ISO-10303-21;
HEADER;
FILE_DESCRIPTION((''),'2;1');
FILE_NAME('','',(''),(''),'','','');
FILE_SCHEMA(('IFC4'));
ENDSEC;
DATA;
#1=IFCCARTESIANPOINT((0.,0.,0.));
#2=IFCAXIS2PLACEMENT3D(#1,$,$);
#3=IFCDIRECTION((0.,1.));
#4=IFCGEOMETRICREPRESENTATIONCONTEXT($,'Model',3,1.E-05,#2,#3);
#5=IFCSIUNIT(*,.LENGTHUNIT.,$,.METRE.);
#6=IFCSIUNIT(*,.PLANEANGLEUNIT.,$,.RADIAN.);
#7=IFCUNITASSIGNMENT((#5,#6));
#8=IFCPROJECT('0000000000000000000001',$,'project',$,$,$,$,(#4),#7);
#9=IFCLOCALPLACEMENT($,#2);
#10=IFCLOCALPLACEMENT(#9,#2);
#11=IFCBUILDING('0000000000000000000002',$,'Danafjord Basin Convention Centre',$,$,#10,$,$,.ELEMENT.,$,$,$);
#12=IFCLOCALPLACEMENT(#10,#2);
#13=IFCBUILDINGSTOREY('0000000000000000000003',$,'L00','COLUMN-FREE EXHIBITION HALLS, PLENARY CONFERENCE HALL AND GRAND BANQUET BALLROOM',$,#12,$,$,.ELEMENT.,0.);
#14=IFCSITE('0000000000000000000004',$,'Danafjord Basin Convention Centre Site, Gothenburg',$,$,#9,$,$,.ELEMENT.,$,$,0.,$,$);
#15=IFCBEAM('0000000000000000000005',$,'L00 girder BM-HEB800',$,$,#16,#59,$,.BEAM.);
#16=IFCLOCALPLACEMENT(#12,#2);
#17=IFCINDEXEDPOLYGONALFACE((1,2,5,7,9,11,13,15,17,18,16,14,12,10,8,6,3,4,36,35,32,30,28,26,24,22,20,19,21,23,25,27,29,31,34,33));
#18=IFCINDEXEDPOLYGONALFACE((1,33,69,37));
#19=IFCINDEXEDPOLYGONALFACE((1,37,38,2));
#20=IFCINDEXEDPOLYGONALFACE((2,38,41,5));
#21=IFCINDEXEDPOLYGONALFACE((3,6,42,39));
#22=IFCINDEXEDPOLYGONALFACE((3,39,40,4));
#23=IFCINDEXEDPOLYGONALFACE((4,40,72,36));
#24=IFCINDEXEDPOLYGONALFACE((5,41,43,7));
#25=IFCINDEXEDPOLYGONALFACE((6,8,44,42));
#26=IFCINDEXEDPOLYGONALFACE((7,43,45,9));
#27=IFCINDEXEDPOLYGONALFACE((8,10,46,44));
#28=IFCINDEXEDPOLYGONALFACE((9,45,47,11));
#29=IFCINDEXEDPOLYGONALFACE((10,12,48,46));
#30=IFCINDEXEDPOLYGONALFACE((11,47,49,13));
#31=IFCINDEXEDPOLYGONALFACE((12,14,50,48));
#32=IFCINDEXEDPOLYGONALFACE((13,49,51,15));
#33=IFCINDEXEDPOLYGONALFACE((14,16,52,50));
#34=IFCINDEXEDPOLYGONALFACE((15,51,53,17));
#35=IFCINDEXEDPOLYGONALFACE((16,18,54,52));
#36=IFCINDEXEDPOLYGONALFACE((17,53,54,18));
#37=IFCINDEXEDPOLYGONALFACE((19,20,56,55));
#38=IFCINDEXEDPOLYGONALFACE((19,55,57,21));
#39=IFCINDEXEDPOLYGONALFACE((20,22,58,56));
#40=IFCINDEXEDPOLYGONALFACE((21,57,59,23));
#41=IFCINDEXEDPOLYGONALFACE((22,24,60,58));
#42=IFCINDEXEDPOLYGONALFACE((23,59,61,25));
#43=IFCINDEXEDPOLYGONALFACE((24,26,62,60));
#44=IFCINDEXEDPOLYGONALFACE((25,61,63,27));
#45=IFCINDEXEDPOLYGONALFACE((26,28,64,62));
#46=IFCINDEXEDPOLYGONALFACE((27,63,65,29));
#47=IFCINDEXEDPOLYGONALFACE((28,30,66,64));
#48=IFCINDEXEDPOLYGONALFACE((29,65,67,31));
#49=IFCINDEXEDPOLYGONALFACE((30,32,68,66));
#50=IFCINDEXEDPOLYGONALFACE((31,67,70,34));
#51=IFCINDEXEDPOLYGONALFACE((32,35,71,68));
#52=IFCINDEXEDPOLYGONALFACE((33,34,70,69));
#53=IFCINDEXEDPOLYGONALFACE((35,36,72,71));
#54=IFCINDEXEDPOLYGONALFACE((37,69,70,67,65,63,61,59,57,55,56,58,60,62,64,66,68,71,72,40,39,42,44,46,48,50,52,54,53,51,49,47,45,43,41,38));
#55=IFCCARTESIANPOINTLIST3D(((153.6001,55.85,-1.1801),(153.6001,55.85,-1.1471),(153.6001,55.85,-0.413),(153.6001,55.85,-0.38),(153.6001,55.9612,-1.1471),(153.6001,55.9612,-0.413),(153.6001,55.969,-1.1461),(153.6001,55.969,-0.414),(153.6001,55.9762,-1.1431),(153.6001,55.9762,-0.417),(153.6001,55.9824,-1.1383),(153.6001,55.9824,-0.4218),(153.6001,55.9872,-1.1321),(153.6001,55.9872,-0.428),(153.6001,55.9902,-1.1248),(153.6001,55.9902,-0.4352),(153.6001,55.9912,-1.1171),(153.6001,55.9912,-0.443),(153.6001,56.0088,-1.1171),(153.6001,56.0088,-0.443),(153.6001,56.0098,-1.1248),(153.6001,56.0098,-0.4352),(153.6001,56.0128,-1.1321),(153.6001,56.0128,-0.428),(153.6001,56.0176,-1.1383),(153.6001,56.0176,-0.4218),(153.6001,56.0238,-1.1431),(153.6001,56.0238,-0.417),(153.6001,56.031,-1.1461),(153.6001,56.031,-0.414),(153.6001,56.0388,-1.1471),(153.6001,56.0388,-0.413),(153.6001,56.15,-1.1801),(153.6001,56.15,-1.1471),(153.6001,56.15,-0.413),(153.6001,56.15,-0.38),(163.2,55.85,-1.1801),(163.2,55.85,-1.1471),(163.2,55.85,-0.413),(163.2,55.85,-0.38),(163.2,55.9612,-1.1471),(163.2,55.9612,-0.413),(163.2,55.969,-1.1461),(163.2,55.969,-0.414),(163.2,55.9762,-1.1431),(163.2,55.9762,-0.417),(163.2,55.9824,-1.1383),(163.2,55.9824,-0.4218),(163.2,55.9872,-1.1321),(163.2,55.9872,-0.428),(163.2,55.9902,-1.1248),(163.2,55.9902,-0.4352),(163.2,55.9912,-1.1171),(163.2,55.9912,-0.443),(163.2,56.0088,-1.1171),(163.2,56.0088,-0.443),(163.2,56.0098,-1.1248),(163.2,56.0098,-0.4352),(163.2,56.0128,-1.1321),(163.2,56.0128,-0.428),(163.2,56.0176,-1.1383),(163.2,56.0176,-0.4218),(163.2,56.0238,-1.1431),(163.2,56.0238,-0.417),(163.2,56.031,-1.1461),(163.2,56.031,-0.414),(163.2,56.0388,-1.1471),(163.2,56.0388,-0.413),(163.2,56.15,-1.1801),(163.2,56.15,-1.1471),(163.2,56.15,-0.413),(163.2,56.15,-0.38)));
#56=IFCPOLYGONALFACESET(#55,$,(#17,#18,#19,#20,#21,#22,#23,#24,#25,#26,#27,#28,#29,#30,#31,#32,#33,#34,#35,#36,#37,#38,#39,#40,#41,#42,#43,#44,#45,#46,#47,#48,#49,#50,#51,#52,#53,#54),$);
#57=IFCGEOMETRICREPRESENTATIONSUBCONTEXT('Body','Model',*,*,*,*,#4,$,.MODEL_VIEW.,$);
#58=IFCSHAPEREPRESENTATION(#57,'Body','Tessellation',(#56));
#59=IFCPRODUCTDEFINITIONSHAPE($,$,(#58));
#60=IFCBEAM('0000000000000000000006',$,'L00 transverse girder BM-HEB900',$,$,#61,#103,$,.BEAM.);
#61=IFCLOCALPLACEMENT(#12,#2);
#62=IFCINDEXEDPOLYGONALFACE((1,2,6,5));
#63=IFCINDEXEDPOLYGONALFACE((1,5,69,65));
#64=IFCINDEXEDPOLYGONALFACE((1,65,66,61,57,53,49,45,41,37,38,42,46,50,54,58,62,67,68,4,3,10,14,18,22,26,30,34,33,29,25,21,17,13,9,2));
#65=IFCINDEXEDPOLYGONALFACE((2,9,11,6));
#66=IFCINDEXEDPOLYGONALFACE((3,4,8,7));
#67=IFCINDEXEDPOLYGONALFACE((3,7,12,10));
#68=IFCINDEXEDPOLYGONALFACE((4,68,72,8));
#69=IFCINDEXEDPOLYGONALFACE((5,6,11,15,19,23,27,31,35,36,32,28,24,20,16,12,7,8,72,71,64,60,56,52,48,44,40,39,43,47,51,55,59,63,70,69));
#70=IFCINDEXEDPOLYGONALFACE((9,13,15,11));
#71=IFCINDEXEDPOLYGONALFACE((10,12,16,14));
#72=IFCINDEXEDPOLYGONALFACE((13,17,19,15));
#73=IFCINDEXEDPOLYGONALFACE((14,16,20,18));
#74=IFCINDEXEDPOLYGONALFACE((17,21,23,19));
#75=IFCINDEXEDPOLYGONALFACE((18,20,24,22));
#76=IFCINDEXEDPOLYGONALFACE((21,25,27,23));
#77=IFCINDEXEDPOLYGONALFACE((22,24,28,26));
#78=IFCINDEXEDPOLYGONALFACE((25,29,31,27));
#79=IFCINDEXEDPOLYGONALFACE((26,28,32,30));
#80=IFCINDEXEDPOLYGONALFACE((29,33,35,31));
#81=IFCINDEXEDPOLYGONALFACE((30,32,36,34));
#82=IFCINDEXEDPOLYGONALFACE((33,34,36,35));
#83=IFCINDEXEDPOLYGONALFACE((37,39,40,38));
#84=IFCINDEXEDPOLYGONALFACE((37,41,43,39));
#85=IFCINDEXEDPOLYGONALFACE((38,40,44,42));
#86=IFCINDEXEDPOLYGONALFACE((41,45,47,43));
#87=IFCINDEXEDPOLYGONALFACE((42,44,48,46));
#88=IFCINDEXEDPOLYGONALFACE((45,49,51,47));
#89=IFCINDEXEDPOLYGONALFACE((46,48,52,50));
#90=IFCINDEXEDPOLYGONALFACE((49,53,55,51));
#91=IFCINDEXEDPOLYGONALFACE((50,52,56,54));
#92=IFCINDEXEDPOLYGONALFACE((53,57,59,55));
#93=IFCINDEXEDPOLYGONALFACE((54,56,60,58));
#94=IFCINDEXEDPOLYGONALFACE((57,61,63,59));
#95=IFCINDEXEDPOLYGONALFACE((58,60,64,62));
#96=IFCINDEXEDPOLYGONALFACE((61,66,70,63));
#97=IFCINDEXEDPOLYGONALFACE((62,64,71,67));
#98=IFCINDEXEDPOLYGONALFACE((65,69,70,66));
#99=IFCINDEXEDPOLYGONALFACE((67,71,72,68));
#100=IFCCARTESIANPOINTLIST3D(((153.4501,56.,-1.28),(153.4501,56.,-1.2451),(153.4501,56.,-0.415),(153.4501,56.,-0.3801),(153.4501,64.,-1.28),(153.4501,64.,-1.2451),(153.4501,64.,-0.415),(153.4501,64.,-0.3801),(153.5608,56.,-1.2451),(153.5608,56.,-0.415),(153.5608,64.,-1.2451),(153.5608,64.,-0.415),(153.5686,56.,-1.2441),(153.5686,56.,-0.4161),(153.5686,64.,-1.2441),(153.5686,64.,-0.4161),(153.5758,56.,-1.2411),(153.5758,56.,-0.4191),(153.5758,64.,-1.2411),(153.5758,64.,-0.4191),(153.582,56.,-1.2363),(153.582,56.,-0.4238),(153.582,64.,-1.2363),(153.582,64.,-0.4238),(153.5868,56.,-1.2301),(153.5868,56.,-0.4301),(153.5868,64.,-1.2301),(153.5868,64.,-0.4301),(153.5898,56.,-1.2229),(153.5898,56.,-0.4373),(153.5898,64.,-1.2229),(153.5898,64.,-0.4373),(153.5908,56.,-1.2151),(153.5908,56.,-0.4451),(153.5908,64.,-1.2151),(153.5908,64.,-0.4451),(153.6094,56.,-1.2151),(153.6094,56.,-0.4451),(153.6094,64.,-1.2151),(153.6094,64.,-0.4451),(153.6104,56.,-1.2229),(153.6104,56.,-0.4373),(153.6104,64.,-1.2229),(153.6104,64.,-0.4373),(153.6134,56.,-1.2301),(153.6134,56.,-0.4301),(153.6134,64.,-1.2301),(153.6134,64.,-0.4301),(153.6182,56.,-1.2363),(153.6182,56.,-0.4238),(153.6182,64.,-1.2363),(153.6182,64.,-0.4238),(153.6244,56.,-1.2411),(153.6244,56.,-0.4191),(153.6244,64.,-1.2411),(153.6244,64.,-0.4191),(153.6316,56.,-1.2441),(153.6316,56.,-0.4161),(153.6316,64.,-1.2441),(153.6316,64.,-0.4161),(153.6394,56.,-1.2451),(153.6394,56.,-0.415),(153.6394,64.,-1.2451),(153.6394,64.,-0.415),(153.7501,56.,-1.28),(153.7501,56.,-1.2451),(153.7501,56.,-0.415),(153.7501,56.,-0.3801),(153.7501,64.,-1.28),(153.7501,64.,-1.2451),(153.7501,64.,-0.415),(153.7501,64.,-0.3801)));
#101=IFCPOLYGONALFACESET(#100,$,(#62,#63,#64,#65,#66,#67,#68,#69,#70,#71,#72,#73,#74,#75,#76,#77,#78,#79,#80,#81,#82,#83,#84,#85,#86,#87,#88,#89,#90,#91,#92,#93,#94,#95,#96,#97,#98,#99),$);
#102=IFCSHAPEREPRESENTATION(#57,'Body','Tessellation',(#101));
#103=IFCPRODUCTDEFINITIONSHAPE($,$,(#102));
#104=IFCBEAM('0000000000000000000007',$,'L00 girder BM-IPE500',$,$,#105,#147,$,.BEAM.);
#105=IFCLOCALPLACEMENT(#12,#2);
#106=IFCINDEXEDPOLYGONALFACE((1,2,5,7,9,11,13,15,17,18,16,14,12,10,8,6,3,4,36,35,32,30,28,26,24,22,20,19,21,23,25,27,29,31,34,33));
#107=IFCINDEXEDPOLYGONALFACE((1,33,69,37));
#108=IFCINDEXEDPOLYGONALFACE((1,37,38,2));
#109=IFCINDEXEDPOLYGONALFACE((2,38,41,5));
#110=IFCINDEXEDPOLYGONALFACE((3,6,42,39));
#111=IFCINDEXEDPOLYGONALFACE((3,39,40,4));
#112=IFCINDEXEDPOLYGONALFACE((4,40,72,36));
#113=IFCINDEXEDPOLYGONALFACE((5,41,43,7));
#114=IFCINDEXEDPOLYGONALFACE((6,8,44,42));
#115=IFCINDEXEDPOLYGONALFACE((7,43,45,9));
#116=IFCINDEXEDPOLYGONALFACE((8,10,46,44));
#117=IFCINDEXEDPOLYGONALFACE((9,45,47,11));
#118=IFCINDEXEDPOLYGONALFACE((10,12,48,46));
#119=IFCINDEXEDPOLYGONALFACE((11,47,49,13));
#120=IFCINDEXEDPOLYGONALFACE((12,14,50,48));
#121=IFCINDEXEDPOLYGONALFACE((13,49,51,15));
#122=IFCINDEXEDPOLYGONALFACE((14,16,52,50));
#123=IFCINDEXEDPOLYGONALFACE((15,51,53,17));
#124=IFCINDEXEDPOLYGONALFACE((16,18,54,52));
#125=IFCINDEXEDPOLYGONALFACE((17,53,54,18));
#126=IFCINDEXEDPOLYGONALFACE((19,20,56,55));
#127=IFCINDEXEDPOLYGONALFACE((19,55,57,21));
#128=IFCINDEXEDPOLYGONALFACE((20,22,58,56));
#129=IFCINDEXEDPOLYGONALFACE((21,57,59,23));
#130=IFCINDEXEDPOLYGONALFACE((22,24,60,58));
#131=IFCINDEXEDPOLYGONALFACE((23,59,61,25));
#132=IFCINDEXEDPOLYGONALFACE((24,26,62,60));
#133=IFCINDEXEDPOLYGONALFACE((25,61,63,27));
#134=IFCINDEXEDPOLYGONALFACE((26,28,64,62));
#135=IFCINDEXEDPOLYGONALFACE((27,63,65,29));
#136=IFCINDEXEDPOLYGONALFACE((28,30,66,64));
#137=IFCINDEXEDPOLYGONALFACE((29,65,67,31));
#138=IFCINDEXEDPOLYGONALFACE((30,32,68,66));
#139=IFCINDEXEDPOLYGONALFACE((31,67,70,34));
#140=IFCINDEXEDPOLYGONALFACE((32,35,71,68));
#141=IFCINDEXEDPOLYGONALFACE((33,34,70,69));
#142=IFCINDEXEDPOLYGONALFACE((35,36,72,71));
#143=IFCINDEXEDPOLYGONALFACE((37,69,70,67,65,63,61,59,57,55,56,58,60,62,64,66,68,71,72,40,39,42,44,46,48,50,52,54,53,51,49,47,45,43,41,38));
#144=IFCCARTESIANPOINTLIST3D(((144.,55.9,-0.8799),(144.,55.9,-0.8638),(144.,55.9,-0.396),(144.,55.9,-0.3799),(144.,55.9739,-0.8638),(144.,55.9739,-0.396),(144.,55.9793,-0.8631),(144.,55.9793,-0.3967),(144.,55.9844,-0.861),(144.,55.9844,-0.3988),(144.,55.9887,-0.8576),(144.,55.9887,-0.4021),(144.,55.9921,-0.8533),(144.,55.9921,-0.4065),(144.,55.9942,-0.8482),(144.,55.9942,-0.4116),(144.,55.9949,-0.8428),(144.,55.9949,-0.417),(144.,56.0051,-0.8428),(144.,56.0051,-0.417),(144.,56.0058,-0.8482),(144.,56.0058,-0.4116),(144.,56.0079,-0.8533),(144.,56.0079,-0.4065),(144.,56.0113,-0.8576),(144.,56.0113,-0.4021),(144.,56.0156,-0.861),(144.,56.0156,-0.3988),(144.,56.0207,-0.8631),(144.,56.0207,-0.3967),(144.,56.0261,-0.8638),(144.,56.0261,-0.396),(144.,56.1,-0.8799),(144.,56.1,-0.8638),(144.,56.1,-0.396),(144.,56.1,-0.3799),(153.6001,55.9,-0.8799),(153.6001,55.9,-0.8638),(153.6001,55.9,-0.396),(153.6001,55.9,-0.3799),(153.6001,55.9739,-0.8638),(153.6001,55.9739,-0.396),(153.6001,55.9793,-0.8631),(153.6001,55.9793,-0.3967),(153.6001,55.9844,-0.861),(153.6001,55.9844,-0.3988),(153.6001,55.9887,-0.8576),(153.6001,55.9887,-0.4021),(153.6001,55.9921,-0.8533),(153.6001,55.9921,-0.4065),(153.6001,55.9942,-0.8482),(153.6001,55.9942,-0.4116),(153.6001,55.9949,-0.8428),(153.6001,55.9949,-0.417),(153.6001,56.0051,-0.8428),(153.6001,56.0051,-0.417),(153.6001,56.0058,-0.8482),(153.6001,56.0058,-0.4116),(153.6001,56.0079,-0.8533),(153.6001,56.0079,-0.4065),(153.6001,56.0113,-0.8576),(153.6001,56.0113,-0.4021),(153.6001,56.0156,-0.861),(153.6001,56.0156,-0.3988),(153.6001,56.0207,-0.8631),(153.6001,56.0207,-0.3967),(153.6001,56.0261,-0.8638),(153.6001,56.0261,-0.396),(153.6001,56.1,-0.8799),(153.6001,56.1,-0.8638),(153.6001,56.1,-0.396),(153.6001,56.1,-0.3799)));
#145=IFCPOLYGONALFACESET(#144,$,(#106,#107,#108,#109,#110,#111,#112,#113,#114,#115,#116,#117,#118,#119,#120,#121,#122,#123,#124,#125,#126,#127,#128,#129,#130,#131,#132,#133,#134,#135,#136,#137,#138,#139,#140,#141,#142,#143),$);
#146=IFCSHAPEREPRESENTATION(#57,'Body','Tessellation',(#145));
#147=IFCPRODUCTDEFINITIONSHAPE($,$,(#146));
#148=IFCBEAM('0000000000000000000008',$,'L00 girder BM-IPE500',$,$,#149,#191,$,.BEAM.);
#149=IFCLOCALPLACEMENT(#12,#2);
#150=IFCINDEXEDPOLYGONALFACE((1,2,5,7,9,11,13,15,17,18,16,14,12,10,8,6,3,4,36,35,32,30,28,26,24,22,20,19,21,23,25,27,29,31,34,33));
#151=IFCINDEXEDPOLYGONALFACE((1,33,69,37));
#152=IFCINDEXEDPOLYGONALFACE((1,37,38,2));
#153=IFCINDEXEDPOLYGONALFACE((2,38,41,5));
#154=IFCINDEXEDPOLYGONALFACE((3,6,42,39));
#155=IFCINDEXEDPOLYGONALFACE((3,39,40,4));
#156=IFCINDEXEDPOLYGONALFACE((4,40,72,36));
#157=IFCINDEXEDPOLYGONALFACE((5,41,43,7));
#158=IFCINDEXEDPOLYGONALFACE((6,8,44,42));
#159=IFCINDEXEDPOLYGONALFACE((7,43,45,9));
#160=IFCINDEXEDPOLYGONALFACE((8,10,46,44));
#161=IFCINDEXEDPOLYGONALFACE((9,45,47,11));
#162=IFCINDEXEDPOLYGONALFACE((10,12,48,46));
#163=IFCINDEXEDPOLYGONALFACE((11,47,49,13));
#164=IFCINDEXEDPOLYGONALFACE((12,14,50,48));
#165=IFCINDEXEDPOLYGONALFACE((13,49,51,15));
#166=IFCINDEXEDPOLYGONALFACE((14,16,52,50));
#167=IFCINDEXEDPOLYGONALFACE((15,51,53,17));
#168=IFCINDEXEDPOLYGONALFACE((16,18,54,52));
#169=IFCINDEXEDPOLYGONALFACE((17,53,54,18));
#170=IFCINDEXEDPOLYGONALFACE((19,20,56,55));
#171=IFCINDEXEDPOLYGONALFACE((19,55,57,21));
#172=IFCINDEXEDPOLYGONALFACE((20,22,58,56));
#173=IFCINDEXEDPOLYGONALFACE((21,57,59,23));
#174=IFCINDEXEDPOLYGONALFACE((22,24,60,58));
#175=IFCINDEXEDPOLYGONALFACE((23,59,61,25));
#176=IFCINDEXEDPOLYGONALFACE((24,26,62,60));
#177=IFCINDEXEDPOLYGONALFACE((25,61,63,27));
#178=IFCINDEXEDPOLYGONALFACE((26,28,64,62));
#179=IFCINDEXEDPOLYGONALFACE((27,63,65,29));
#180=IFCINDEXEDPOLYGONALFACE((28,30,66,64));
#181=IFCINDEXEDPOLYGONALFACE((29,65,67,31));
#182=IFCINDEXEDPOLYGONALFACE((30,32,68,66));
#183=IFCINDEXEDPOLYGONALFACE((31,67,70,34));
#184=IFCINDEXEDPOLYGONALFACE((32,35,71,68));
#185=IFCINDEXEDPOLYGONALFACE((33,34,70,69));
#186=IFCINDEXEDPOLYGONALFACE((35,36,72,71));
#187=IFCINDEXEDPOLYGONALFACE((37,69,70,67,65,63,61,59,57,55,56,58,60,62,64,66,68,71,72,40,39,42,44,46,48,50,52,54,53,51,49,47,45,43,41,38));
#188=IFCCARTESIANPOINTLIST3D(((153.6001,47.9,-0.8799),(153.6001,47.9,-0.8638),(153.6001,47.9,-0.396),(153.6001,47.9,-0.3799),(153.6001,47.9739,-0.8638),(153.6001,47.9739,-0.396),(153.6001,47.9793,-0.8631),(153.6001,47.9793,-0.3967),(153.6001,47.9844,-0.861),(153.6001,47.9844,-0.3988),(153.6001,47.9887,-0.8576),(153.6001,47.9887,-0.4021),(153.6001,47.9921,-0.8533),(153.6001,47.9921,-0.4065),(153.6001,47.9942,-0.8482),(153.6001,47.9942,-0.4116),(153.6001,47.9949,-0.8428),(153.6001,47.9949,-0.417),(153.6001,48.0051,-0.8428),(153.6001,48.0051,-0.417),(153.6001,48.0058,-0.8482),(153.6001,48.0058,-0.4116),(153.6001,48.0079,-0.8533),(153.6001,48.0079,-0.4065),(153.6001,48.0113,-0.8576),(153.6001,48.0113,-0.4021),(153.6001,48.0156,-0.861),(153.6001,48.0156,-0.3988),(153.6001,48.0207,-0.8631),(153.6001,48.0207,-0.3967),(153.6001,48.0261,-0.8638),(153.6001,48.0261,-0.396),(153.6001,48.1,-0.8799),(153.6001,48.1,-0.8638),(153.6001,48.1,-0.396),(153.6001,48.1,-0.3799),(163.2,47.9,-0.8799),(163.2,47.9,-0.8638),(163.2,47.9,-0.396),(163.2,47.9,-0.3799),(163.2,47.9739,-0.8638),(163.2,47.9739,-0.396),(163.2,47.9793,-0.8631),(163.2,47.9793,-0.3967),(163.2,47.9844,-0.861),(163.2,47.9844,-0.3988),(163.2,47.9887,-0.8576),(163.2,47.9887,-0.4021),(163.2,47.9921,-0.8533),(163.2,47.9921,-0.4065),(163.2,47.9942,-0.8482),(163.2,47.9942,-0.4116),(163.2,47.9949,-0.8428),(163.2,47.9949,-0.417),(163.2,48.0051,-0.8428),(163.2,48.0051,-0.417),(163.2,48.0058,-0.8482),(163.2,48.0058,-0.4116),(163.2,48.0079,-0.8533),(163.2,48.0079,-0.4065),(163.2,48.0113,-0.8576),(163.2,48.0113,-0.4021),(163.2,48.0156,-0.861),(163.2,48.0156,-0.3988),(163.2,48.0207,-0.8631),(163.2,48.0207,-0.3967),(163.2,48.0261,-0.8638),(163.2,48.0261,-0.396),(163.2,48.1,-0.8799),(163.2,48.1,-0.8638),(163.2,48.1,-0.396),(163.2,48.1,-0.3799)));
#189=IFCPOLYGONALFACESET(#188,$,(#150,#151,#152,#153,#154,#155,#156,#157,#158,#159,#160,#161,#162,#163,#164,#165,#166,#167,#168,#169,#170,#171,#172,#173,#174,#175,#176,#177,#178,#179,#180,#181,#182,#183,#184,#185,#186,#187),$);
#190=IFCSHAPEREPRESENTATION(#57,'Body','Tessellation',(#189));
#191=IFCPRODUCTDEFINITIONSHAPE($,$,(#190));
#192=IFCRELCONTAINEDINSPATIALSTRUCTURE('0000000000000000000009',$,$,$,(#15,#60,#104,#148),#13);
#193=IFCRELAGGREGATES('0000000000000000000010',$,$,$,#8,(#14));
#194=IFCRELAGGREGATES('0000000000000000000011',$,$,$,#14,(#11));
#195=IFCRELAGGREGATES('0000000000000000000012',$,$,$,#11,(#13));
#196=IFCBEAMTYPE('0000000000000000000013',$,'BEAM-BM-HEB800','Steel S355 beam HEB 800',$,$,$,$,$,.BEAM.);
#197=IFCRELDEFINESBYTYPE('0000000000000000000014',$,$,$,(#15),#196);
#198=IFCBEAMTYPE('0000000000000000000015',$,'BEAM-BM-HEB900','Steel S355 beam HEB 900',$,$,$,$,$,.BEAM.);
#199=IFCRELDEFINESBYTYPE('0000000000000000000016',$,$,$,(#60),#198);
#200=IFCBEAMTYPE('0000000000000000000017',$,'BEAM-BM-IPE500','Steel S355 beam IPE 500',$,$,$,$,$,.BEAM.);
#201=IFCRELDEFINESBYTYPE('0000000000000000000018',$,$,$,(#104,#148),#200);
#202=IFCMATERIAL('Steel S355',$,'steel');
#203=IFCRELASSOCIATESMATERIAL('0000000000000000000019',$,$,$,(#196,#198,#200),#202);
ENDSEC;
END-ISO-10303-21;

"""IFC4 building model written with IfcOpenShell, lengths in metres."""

from ifc_helpers import new_model, si_unit, direction, frame, origin, origin_2d, place, context, subcontext, project, spatial, i_section, extrude, material, material_profile, profile_set, type_object, element, save


model = new_model("IFC4")

# Units and contexts
model_context = context("Model", 3, precision=1e-05, world=origin(), true_north=direction((0.0, 1.0)))
body_context = subcontext(model_context, "Body", "Model", "MODEL_VIEW")
ifc_project = project(units=[si_unit("LENGTHUNIT", "METRE"), si_unit("PLANEANGLEUNIT", "RADIAN")], contexts=[model_context])

# Site, building, storey
site_placement = place(None, origin())
site = spatial("IfcSite", under=ifc_project, at=site_placement, Name="Danafjord Basin Convention Centre Site, Gothenburg", CompositionType="ELEMENT", RefElevation=0.0)
building_placement = place(site_placement, origin())
building = spatial("IfcBuilding", under=site, at=building_placement, Name="Danafjord Basin Convention Centre", CompositionType="ELEMENT")
storey_placement = place(building_placement, origin())
storey = spatial("IfcBuildingStorey", under=building, at=storey_placement, Name="L00", Description="COLUMN-FREE EXHIBITION HALLS, PLENARY CONFERENCE HALL AND GRAND BANQUET BALLROOM", CompositionType="ELEMENT", Elevation=0.0)

# Shared definitions
ifc_material_1 = material(Name="Steel S355", Category="steel")

# Beams
ifc_material_profile_1 = material_profile(ifc_material_1, i_section(OverallWidth=0.3, OverallDepth=0.8, WebThickness=0.0176, FlangeThickness=0.033, FilletRadius=0.03, at=origin_2d()), Name="HEB 800")
ifc_profile_set_1 = profile_set([ifc_material_profile_1], Name="Steel S355")
beam_type_1 = type_object("IfcBeamType", Name="BEAM-BM-HEB800", Description="Steel S355 beam HEB 800", PredefinedType="BEAM", material=ifc_profile_set_1)
beam_1_placement = place(storey_placement, frame((153.6001, 56.0, -0.78), z_axis=(1.0, 0.0, 0.0), x_axis=(0.0, 1.0, 0.0)))
element("IfcBeam", 1, at=beam_1_placement, inside=storey, type_object=beam_type_1, Name="L00 girder BM-HEB800", PredefinedType="BEAM", context=body_context, shape_type="SweptSolid", body=[
    extrude(i_section(OverallWidth=0.3, OverallDepth=0.8, WebThickness=0.0176, FlangeThickness=0.033, FilletRadius=0.03, at=origin_2d()), origin(), (0.0, 0.0, 1.0), 9.5999),
])
ifc_material_profile_2 = material_profile(ifc_material_1, i_section(OverallWidth=0.3, OverallDepth=0.8999, WebThickness=0.0186, FlangeThickness=0.0349, FilletRadius=0.03, at=origin_2d()), Name="HEB 900")
ifc_profile_set_2 = profile_set([ifc_material_profile_2], Name="Steel S355")
beam_type_2 = type_object("IfcBeamType", Name="BEAM-BM-HEB900", Description="Steel S355 beam HEB 900", PredefinedType="BEAM", material=ifc_profile_set_2)
beam_2_placement = place(storey_placement, frame((153.6001, 56.0, -0.8301), z_axis=(0.0, 1.0, 0.0), x_axis=(-1.0, 0.0, 0.0)))
element("IfcBeam", 2, at=beam_2_placement, inside=storey, type_object=beam_type_2, Name="L00 transverse girder BM-HEB900", PredefinedType="BEAM", context=body_context, shape_type="SweptSolid", body=[
    extrude(i_section(OverallWidth=0.3, OverallDepth=0.8999, WebThickness=0.0186, FlangeThickness=0.0349, FilletRadius=0.03, at=origin_2d()), origin(), (0.0, 0.0, 1.0), 8.0),
])
ifc_material_profile_3 = material_profile(ifc_material_1, i_section(OverallWidth=0.2, OverallDepth=0.5, WebThickness=0.0103, FlangeThickness=0.0161, FilletRadius=0.021, at=origin_2d()), Name="IPE 500")
ifc_profile_set_3 = profile_set([ifc_material_profile_3], Name="Steel S355")
beam_type_3 = type_object("IfcBeamType", Name="BEAM-BM-IPE500", Description="Steel S355 beam IPE 500", PredefinedType="BEAM", material=ifc_profile_set_3)
beam_3_placement = place(storey_placement, frame((144.0, 56.0, -0.6299), z_axis=(1.0, 0.0, 0.0), x_axis=(0.0, 1.0, 0.0)))
element("IfcBeam", 3, at=beam_3_placement, inside=storey, type_object=beam_type_3, Name="L00 girder BM-IPE500", PredefinedType="BEAM", context=body_context, shape_type="SweptSolid", body=[
    extrude(i_section(OverallWidth=0.2, OverallDepth=0.5, WebThickness=0.0103, FlangeThickness=0.0161, FilletRadius=0.021, at=origin_2d()), origin(), (0.0, 0.0, 1.0), 9.6001),
])
beam_4_placement = place(storey_placement, frame((153.6001, 48.0, -0.6299), z_axis=(1.0, 0.0, 0.0), x_axis=(0.0, 1.0, 0.0)))
element("IfcBeam", 4, at=beam_4_placement, inside=storey, type_object=beam_type_3, Name="L00 girder BM-IPE500", PredefinedType="BEAM", context=body_context, shape_type="SweptSolid", body=[
    extrude(i_section(OverallWidth=0.2, OverallDepth=0.5, WebThickness=0.0103, FlangeThickness=0.0161, FilletRadius=0.021, at=origin_2d()), origin(), (0.0, 0.0, 1.0), 9.5999),
])

save(model, "model.ifc")
